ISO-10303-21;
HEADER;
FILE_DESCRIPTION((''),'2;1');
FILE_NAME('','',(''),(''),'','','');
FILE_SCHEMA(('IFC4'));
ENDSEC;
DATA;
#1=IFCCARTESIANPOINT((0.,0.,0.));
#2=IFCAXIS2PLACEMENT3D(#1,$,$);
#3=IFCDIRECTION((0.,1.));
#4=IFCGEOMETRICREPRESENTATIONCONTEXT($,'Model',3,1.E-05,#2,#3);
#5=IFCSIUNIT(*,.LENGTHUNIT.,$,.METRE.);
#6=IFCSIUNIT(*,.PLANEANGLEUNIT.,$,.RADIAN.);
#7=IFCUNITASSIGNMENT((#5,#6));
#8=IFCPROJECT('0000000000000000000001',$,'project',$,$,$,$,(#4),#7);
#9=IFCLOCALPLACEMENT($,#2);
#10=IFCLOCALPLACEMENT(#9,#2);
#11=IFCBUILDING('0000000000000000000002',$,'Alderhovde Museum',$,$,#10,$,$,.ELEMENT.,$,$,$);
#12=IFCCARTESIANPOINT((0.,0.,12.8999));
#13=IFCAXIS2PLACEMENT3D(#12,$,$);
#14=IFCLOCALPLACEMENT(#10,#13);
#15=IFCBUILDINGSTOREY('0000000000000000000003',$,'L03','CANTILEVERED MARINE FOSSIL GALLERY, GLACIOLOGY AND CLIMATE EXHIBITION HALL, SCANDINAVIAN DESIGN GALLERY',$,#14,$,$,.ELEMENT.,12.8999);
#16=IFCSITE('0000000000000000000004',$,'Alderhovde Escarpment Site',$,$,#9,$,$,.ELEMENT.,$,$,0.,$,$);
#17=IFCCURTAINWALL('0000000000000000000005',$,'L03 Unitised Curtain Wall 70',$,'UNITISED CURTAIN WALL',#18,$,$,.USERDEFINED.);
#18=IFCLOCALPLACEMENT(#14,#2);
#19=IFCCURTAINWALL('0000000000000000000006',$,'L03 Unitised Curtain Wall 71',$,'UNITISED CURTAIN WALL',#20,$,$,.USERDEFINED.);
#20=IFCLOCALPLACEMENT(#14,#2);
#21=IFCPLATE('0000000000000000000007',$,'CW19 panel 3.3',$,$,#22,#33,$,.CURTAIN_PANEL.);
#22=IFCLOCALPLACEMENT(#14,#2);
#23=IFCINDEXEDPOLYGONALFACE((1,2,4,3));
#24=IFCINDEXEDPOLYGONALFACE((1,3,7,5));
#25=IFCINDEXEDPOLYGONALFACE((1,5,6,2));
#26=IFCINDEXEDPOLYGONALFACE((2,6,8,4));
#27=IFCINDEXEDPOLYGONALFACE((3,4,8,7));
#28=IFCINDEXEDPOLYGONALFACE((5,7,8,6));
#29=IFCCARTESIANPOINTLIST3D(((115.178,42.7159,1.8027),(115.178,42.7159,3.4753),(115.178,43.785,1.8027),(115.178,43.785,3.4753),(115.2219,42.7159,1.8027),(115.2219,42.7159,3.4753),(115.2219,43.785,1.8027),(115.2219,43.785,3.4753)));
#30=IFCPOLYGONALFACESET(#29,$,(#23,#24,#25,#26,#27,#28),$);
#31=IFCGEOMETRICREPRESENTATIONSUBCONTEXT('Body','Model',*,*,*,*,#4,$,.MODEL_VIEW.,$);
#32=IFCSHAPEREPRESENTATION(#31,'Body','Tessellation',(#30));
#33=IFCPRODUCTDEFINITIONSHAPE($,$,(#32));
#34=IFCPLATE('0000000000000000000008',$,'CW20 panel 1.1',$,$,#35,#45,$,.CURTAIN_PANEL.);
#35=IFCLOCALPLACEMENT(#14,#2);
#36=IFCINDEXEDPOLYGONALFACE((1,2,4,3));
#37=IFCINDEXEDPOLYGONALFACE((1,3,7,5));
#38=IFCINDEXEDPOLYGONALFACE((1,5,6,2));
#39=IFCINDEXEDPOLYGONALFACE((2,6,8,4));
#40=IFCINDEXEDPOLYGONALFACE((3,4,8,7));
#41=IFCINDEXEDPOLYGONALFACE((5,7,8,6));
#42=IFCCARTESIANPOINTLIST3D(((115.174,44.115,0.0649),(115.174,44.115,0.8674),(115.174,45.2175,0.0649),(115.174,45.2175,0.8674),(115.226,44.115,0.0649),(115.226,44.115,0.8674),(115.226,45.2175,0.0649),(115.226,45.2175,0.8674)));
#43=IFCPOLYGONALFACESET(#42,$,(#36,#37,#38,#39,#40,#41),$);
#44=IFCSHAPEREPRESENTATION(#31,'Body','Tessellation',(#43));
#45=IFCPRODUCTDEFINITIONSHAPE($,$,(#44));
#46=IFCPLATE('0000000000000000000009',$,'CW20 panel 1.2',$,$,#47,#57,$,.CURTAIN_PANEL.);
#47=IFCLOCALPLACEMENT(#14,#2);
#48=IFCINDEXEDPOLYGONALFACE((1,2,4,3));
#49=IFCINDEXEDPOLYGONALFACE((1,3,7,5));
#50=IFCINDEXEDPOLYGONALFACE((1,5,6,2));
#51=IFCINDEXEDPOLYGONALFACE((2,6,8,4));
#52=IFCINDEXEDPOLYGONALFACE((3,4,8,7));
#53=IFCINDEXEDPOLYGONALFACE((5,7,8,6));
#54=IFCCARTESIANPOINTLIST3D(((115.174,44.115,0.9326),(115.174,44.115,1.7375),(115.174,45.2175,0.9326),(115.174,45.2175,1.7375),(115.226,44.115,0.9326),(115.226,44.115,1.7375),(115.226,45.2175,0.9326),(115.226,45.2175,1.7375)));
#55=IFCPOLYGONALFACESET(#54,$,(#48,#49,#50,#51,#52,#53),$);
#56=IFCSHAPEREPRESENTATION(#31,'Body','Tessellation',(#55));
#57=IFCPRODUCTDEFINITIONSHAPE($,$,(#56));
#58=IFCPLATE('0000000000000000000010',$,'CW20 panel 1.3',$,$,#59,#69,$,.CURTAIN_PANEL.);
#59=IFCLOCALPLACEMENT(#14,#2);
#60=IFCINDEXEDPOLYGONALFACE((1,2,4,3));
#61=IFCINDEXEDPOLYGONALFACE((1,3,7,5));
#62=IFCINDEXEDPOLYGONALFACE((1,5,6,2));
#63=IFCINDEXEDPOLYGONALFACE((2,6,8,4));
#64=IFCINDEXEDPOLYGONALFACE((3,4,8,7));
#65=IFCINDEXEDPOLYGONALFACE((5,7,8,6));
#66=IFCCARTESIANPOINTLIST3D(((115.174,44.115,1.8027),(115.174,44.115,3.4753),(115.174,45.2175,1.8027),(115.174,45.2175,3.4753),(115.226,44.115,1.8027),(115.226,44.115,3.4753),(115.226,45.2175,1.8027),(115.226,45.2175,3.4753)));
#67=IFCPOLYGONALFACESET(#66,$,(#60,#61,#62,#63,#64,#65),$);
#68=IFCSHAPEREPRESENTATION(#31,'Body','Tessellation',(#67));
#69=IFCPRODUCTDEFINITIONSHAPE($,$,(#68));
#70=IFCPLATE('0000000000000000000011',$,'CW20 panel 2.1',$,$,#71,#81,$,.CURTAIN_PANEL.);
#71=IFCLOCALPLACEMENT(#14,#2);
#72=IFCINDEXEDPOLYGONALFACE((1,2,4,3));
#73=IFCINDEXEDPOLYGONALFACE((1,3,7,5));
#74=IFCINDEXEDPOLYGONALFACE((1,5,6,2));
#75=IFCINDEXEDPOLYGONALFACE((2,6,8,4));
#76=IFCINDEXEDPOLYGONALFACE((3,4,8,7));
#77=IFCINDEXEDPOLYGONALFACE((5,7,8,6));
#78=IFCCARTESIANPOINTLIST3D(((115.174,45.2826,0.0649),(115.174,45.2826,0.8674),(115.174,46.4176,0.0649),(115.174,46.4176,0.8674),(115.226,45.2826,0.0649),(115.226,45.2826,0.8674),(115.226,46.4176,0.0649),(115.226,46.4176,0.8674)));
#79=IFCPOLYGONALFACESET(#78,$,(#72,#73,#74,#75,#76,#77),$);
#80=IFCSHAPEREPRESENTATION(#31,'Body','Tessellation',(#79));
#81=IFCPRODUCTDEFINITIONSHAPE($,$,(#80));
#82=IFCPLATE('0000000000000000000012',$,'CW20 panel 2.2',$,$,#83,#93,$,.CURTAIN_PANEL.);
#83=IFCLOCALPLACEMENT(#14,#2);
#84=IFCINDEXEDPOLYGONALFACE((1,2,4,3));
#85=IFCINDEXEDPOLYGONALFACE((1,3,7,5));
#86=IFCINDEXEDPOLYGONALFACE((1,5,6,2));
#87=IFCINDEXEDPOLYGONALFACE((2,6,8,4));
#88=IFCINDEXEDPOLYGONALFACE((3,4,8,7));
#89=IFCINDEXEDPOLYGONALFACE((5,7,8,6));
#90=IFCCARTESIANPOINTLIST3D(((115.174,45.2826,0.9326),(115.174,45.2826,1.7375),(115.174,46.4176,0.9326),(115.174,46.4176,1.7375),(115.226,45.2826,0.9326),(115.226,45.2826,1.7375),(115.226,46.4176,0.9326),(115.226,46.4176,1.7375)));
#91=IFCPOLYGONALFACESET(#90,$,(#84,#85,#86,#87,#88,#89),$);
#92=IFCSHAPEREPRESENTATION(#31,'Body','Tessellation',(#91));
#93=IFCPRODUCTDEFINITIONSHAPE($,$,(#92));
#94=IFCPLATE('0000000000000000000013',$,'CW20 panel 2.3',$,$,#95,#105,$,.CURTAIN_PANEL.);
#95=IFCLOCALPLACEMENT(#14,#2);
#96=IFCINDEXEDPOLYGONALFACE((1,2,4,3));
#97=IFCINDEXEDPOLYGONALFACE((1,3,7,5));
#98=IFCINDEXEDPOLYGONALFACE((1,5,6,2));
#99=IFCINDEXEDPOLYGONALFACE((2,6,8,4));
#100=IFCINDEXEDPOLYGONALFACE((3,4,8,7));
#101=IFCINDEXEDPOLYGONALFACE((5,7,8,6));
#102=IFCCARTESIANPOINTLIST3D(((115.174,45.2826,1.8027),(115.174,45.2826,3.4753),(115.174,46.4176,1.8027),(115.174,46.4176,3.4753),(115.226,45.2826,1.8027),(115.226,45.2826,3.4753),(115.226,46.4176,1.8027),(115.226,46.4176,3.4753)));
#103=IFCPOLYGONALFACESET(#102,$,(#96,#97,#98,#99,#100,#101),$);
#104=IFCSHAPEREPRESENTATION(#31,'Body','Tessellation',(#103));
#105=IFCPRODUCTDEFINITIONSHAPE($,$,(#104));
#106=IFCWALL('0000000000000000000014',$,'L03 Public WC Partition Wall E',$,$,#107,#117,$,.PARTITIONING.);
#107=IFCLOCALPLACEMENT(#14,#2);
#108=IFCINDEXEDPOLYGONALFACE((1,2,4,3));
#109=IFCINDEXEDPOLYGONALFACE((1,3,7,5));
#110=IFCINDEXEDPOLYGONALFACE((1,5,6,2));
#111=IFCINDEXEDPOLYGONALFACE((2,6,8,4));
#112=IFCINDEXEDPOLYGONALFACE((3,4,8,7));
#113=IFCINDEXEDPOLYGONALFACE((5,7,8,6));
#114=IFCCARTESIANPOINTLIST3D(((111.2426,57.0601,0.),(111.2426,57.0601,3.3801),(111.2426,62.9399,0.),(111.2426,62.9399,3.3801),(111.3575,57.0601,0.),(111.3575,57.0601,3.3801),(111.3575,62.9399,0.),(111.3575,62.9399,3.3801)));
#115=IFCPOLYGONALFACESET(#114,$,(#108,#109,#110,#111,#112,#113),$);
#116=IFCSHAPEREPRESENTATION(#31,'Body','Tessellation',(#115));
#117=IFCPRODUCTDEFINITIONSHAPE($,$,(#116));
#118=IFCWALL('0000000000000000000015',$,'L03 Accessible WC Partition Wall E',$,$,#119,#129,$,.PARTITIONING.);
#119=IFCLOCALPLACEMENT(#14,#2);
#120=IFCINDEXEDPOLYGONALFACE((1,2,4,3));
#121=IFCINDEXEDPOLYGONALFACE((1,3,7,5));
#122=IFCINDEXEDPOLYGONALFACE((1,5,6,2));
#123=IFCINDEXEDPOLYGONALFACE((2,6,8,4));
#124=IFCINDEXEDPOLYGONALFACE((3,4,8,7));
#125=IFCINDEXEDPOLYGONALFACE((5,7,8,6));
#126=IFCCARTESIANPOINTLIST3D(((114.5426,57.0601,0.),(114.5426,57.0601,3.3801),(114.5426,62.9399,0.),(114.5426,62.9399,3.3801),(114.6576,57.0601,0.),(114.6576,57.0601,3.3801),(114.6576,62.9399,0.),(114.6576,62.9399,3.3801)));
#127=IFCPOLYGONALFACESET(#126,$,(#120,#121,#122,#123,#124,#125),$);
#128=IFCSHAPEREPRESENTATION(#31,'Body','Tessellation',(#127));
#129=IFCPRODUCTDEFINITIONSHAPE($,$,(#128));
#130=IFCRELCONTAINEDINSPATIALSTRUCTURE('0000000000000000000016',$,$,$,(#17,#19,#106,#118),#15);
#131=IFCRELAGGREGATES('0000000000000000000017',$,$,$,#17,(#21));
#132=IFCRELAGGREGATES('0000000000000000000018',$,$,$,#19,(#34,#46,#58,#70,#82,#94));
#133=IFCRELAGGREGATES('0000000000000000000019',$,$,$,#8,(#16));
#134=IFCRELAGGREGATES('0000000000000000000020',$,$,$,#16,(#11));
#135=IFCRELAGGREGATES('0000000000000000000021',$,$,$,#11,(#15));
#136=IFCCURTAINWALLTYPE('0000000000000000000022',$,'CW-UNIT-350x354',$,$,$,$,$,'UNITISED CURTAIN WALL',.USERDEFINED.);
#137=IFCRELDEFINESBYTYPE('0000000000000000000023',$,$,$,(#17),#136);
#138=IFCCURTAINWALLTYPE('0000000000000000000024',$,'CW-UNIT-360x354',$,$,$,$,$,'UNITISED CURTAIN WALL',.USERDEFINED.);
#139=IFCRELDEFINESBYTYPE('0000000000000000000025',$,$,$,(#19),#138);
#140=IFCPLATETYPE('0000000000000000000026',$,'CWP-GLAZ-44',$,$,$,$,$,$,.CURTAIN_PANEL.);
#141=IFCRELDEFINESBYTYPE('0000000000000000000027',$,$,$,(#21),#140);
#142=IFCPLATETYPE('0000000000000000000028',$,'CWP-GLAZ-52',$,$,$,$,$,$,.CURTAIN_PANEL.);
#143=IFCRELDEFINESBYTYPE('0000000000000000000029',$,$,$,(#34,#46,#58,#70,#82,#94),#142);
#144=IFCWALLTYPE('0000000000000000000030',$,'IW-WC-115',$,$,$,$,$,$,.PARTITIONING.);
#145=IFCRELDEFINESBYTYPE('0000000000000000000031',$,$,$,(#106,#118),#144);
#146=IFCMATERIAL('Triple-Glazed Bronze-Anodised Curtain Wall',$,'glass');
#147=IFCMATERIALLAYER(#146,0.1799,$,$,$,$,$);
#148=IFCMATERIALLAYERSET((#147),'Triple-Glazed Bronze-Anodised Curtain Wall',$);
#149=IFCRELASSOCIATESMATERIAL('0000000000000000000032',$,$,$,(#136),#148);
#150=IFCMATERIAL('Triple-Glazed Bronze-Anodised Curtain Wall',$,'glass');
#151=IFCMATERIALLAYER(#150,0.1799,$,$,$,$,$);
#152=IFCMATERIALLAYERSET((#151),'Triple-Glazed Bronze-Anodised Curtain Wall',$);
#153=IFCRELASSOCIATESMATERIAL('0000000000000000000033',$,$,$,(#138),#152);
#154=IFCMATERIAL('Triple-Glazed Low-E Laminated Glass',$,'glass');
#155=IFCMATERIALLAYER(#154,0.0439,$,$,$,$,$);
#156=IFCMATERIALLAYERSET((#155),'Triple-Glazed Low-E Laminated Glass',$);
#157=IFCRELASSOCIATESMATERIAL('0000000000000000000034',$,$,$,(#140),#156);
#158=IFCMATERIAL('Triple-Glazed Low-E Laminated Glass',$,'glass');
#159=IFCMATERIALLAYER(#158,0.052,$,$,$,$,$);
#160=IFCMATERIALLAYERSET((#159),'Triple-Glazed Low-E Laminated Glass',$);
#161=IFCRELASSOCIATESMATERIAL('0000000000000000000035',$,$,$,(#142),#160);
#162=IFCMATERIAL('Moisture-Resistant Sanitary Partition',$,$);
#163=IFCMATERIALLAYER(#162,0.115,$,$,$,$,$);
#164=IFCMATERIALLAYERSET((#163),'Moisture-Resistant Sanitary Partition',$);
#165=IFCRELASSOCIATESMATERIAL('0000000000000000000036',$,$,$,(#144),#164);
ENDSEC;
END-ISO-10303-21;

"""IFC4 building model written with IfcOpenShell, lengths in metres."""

from ifc_helpers import new_model, si_unit, direction, frame, frame_2d, origin, origin_2d, place, context, subcontext, project, spatial, rectangle, extrude, material, layer, layer_set, type_object, element, aggregate, save


model = new_model("IFC4")

# Units and contexts
model_context = context("Model", 3, precision=1e-05, world=origin(), true_north=direction((0.0, 1.0)))
body_context = subcontext(model_context, "Body", "Model", "MODEL_VIEW")
ifc_project = project(units=[si_unit("LENGTHUNIT", "METRE"), si_unit("PLANEANGLEUNIT", "RADIAN")], contexts=[model_context])

# Site, building, storey
site_placement = place(None, origin())
site = spatial("IfcSite", under=ifc_project, at=site_placement, Name="Alderhovde Escarpment Site", CompositionType="ELEMENT", RefElevation=0.0)
building_placement = place(site_placement, origin())
building = spatial("IfcBuilding", under=site, at=building_placement, Name="Alderhovde Museum", CompositionType="ELEMENT")
storey_placement = place(building_placement, frame((0.0, 0.0, 12.8999)))
storey = spatial("IfcBuildingStorey", under=building, at=storey_placement, Name="L03", Description="CANTILEVERED MARINE FOSSIL GALLERY, GLACIOLOGY AND CLIMATE EXHIBITION HALL, SCANDINAVIAN DESIGN GALLERY", CompositionType="ELEMENT", Elevation=12.8999)

# Curtain walls
ifc_material_1 = material(Name="Triple-Glazed Bronze-Anodised Curtain Wall", Category="glass")
ifc_layer_1 = layer(ifc_material_1, 0.1799)
ifc_layer_set_1 = layer_set([ifc_layer_1], Name="Triple-Glazed Bronze-Anodised Curtain Wall")
curtain_wall_type_1 = type_object("IfcCurtainWallType", Name="CW-UNIT-350x354", ElementType="UNITISED CURTAIN WALL", PredefinedType="USERDEFINED", material=ifc_layer_set_1)
curtain_wall_1_placement = place(storey_placement, origin())
curtain_wall_1 = element("IfcCurtainWall", 1, at=curtain_wall_1_placement, inside=storey, type_object=curtain_wall_type_1, Name="L03 Unitised Curtain Wall 70", ObjectType="UNITISED CURTAIN WALL", PredefinedType="USERDEFINED")
ifc_material_2 = material(Name="Triple-Glazed Bronze-Anodised Curtain Wall", Category="glass")
ifc_layer_2 = layer(ifc_material_2, 0.1799)
ifc_layer_set_2 = layer_set([ifc_layer_2], Name="Triple-Glazed Bronze-Anodised Curtain Wall")
curtain_wall_type_2 = type_object("IfcCurtainWallType", Name="CW-UNIT-360x354", ElementType="UNITISED CURTAIN WALL", PredefinedType="USERDEFINED", material=ifc_layer_set_2)
curtain_wall_2_placement = place(storey_placement, origin())
curtain_wall_2 = element("IfcCurtainWall", 2, at=curtain_wall_2_placement, inside=storey, type_object=curtain_wall_type_2, Name="L03 Unitised Curtain Wall 71", ObjectType="UNITISED CURTAIN WALL", PredefinedType="USERDEFINED")

# Plates
ifc_material_3 = material(Name="Triple-Glazed Low-E Laminated Glass", Category="glass")
ifc_layer_3 = layer(ifc_material_3, 0.0439)
ifc_layer_set_3 = layer_set([ifc_layer_3], Name="Triple-Glazed Low-E Laminated Glass")
plate_type_1 = type_object("IfcPlateType", Name="CWP-GLAZ-44", PredefinedType="CURTAIN_PANEL", material=ifc_layer_set_3)
plate_1_placement = place(storey_placement, frame((115.2, 43.2505, 1.8027), z_axis=(0.0, 0.0, 1.0), x_axis=(0.0, 1.0, 0.0)))
plate_1 = element("IfcPlate", 3, at=plate_1_placement, type_object=plate_type_1, Name="CW19 panel 3.3", PredefinedType="CURTAIN_PANEL", context=body_context, shape_type="SweptSolid", body=[
    extrude(rectangle(XDim=1.0691, YDim=0.0439, at=origin_2d()), origin(), (0.0, 0.0, 1.0), 1.6726),
])
aggregate(curtain_wall_1, [plate_1])
ifc_material_4 = material(Name="Triple-Glazed Low-E Laminated Glass", Category="glass")
ifc_layer_4 = layer(ifc_material_4, 0.052)
ifc_layer_set_4 = layer_set([ifc_layer_4], Name="Triple-Glazed Low-E Laminated Glass")
plate_type_2 = type_object("IfcPlateType", Name="CWP-GLAZ-52", PredefinedType="CURTAIN_PANEL", material=ifc_layer_set_4)
plate_2_placement = place(storey_placement, frame((115.2, 44.6663, 0.0649), z_axis=(0.0, 0.0, 1.0), x_axis=(0.0, 1.0, 0.0)))
plate_2 = element("IfcPlate", 4, at=plate_2_placement, type_object=plate_type_2, Name="CW20 panel 1.1", PredefinedType="CURTAIN_PANEL", context=body_context, shape_type="SweptSolid", body=[
    extrude(rectangle(XDim=1.1025, YDim=0.052, at=origin_2d()), origin(), (0.0, 0.0, 1.0), 0.8025),
])
plate_3_placement = place(storey_placement, frame((115.2, 44.6663, 0.9326), z_axis=(0.0, 0.0, 1.0), x_axis=(0.0, 1.0, 0.0)))
plate_3 = element("IfcPlate", 5, at=plate_3_placement, type_object=plate_type_2, Name="CW20 panel 1.2", PredefinedType="CURTAIN_PANEL", context=body_context, shape_type="SweptSolid", body=[
    extrude(rectangle(XDim=1.1025, YDim=0.052, at=origin_2d()), origin(), (0.0, 0.0, 1.0), 0.8049),
])
plate_4_placement = place(storey_placement, frame((115.2, 44.6663, 1.8027), z_axis=(0.0, 0.0, 1.0), x_axis=(0.0, 1.0, 0.0)))
plate_4 = element("IfcPlate", 6, at=plate_4_placement, type_object=plate_type_2, Name="CW20 panel 1.3", PredefinedType="CURTAIN_PANEL", context=body_context, shape_type="SweptSolid", body=[
    extrude(rectangle(XDim=1.1025, YDim=0.052, at=origin_2d()), origin(), (0.0, 0.0, 1.0), 1.6726),
])
plate_5_placement = place(storey_placement, frame((115.2, 45.8501, 0.0649), z_axis=(0.0, 0.0, 1.0), x_axis=(0.0, 1.0, 0.0)))
plate_5 = element("IfcPlate", 7, at=plate_5_placement, type_object=plate_type_2, Name="CW20 panel 2.1", PredefinedType="CURTAIN_PANEL", context=body_context, shape_type="SweptSolid", body=[
    extrude(rectangle(XDim=1.135, YDim=0.052, at=origin_2d()), origin(), (0.0, 0.0, 1.0), 0.8025),
])
plate_6_placement = place(storey_placement, frame((115.2, 45.8501, 0.9326), z_axis=(0.0, 0.0, 1.0), x_axis=(0.0, 1.0, 0.0)))
plate_6 = element("IfcPlate", 8, at=plate_6_placement, type_object=plate_type_2, Name="CW20 panel 2.2", PredefinedType="CURTAIN_PANEL", context=body_context, shape_type="SweptSolid", body=[
    extrude(rectangle(XDim=1.135, YDim=0.052, at=origin_2d()), origin(), (0.0, 0.0, 1.0), 0.8049),
])
plate_7_placement = place(storey_placement, frame((115.2, 45.8501, 1.8027), z_axis=(0.0, 0.0, 1.0), x_axis=(0.0, 1.0, 0.0)))
plate_7 = element("IfcPlate", 9, at=plate_7_placement, type_object=plate_type_2, Name="CW20 panel 2.3", PredefinedType="CURTAIN_PANEL", context=body_context, shape_type="SweptSolid", body=[
    extrude(rectangle(XDim=1.135, YDim=0.052, at=origin_2d()), origin(), (0.0, 0.0, 1.0), 1.6726),
])
aggregate(curtain_wall_2, [plate_2, plate_3, plate_4, plate_5, plate_6, plate_7])

# Wall
ifc_material_5 = material(Name="Moisture-Resistant Sanitary Partition")
ifc_layer_5 = layer(ifc_material_5, 0.115)
ifc_layer_set_5 = layer_set([ifc_layer_5], Name="Moisture-Resistant Sanitary Partition")
wall_type = type_object("IfcWallType", Name="IW-WC-115", PredefinedType="PARTITIONING", material=ifc_layer_set_5)
wall_1_placement = place(storey_placement, frame((111.3, 57.0601, 0.0), z_axis=(0.0, 0.0, 1.0), x_axis=(0.0, 1.0, 0.0)))
element("IfcWall", 10, at=wall_1_placement, inside=storey, type_object=wall_type, Name="L03 Public WC Partition Wall E", PredefinedType="PARTITIONING", context=body_context, shape_type="SweptSolid", body=[
    extrude(rectangle(XDim=5.8799, YDim=0.115, at=frame_2d((2.9399, 0.0))), origin(), (0.0, 0.0, 1.0), 3.3801),
])

# Wall
wall_2_placement = place(storey_placement, frame((114.6001, 57.0601, 0.0), z_axis=(0.0, 0.0, 1.0), x_axis=(0.0, 1.0, 0.0)))
element("IfcWall", 11, at=wall_2_placement, inside=storey, type_object=wall_type, Name="L03 Accessible WC Partition Wall E", PredefinedType="PARTITIONING", context=body_context, shape_type="SweptSolid", body=[
    extrude(rectangle(XDim=5.8799, YDim=0.115, at=frame_2d((2.9399, 0.0))), origin(), (0.0, 0.0, 1.0), 3.3801),
])

save(model, "model.ifc")
